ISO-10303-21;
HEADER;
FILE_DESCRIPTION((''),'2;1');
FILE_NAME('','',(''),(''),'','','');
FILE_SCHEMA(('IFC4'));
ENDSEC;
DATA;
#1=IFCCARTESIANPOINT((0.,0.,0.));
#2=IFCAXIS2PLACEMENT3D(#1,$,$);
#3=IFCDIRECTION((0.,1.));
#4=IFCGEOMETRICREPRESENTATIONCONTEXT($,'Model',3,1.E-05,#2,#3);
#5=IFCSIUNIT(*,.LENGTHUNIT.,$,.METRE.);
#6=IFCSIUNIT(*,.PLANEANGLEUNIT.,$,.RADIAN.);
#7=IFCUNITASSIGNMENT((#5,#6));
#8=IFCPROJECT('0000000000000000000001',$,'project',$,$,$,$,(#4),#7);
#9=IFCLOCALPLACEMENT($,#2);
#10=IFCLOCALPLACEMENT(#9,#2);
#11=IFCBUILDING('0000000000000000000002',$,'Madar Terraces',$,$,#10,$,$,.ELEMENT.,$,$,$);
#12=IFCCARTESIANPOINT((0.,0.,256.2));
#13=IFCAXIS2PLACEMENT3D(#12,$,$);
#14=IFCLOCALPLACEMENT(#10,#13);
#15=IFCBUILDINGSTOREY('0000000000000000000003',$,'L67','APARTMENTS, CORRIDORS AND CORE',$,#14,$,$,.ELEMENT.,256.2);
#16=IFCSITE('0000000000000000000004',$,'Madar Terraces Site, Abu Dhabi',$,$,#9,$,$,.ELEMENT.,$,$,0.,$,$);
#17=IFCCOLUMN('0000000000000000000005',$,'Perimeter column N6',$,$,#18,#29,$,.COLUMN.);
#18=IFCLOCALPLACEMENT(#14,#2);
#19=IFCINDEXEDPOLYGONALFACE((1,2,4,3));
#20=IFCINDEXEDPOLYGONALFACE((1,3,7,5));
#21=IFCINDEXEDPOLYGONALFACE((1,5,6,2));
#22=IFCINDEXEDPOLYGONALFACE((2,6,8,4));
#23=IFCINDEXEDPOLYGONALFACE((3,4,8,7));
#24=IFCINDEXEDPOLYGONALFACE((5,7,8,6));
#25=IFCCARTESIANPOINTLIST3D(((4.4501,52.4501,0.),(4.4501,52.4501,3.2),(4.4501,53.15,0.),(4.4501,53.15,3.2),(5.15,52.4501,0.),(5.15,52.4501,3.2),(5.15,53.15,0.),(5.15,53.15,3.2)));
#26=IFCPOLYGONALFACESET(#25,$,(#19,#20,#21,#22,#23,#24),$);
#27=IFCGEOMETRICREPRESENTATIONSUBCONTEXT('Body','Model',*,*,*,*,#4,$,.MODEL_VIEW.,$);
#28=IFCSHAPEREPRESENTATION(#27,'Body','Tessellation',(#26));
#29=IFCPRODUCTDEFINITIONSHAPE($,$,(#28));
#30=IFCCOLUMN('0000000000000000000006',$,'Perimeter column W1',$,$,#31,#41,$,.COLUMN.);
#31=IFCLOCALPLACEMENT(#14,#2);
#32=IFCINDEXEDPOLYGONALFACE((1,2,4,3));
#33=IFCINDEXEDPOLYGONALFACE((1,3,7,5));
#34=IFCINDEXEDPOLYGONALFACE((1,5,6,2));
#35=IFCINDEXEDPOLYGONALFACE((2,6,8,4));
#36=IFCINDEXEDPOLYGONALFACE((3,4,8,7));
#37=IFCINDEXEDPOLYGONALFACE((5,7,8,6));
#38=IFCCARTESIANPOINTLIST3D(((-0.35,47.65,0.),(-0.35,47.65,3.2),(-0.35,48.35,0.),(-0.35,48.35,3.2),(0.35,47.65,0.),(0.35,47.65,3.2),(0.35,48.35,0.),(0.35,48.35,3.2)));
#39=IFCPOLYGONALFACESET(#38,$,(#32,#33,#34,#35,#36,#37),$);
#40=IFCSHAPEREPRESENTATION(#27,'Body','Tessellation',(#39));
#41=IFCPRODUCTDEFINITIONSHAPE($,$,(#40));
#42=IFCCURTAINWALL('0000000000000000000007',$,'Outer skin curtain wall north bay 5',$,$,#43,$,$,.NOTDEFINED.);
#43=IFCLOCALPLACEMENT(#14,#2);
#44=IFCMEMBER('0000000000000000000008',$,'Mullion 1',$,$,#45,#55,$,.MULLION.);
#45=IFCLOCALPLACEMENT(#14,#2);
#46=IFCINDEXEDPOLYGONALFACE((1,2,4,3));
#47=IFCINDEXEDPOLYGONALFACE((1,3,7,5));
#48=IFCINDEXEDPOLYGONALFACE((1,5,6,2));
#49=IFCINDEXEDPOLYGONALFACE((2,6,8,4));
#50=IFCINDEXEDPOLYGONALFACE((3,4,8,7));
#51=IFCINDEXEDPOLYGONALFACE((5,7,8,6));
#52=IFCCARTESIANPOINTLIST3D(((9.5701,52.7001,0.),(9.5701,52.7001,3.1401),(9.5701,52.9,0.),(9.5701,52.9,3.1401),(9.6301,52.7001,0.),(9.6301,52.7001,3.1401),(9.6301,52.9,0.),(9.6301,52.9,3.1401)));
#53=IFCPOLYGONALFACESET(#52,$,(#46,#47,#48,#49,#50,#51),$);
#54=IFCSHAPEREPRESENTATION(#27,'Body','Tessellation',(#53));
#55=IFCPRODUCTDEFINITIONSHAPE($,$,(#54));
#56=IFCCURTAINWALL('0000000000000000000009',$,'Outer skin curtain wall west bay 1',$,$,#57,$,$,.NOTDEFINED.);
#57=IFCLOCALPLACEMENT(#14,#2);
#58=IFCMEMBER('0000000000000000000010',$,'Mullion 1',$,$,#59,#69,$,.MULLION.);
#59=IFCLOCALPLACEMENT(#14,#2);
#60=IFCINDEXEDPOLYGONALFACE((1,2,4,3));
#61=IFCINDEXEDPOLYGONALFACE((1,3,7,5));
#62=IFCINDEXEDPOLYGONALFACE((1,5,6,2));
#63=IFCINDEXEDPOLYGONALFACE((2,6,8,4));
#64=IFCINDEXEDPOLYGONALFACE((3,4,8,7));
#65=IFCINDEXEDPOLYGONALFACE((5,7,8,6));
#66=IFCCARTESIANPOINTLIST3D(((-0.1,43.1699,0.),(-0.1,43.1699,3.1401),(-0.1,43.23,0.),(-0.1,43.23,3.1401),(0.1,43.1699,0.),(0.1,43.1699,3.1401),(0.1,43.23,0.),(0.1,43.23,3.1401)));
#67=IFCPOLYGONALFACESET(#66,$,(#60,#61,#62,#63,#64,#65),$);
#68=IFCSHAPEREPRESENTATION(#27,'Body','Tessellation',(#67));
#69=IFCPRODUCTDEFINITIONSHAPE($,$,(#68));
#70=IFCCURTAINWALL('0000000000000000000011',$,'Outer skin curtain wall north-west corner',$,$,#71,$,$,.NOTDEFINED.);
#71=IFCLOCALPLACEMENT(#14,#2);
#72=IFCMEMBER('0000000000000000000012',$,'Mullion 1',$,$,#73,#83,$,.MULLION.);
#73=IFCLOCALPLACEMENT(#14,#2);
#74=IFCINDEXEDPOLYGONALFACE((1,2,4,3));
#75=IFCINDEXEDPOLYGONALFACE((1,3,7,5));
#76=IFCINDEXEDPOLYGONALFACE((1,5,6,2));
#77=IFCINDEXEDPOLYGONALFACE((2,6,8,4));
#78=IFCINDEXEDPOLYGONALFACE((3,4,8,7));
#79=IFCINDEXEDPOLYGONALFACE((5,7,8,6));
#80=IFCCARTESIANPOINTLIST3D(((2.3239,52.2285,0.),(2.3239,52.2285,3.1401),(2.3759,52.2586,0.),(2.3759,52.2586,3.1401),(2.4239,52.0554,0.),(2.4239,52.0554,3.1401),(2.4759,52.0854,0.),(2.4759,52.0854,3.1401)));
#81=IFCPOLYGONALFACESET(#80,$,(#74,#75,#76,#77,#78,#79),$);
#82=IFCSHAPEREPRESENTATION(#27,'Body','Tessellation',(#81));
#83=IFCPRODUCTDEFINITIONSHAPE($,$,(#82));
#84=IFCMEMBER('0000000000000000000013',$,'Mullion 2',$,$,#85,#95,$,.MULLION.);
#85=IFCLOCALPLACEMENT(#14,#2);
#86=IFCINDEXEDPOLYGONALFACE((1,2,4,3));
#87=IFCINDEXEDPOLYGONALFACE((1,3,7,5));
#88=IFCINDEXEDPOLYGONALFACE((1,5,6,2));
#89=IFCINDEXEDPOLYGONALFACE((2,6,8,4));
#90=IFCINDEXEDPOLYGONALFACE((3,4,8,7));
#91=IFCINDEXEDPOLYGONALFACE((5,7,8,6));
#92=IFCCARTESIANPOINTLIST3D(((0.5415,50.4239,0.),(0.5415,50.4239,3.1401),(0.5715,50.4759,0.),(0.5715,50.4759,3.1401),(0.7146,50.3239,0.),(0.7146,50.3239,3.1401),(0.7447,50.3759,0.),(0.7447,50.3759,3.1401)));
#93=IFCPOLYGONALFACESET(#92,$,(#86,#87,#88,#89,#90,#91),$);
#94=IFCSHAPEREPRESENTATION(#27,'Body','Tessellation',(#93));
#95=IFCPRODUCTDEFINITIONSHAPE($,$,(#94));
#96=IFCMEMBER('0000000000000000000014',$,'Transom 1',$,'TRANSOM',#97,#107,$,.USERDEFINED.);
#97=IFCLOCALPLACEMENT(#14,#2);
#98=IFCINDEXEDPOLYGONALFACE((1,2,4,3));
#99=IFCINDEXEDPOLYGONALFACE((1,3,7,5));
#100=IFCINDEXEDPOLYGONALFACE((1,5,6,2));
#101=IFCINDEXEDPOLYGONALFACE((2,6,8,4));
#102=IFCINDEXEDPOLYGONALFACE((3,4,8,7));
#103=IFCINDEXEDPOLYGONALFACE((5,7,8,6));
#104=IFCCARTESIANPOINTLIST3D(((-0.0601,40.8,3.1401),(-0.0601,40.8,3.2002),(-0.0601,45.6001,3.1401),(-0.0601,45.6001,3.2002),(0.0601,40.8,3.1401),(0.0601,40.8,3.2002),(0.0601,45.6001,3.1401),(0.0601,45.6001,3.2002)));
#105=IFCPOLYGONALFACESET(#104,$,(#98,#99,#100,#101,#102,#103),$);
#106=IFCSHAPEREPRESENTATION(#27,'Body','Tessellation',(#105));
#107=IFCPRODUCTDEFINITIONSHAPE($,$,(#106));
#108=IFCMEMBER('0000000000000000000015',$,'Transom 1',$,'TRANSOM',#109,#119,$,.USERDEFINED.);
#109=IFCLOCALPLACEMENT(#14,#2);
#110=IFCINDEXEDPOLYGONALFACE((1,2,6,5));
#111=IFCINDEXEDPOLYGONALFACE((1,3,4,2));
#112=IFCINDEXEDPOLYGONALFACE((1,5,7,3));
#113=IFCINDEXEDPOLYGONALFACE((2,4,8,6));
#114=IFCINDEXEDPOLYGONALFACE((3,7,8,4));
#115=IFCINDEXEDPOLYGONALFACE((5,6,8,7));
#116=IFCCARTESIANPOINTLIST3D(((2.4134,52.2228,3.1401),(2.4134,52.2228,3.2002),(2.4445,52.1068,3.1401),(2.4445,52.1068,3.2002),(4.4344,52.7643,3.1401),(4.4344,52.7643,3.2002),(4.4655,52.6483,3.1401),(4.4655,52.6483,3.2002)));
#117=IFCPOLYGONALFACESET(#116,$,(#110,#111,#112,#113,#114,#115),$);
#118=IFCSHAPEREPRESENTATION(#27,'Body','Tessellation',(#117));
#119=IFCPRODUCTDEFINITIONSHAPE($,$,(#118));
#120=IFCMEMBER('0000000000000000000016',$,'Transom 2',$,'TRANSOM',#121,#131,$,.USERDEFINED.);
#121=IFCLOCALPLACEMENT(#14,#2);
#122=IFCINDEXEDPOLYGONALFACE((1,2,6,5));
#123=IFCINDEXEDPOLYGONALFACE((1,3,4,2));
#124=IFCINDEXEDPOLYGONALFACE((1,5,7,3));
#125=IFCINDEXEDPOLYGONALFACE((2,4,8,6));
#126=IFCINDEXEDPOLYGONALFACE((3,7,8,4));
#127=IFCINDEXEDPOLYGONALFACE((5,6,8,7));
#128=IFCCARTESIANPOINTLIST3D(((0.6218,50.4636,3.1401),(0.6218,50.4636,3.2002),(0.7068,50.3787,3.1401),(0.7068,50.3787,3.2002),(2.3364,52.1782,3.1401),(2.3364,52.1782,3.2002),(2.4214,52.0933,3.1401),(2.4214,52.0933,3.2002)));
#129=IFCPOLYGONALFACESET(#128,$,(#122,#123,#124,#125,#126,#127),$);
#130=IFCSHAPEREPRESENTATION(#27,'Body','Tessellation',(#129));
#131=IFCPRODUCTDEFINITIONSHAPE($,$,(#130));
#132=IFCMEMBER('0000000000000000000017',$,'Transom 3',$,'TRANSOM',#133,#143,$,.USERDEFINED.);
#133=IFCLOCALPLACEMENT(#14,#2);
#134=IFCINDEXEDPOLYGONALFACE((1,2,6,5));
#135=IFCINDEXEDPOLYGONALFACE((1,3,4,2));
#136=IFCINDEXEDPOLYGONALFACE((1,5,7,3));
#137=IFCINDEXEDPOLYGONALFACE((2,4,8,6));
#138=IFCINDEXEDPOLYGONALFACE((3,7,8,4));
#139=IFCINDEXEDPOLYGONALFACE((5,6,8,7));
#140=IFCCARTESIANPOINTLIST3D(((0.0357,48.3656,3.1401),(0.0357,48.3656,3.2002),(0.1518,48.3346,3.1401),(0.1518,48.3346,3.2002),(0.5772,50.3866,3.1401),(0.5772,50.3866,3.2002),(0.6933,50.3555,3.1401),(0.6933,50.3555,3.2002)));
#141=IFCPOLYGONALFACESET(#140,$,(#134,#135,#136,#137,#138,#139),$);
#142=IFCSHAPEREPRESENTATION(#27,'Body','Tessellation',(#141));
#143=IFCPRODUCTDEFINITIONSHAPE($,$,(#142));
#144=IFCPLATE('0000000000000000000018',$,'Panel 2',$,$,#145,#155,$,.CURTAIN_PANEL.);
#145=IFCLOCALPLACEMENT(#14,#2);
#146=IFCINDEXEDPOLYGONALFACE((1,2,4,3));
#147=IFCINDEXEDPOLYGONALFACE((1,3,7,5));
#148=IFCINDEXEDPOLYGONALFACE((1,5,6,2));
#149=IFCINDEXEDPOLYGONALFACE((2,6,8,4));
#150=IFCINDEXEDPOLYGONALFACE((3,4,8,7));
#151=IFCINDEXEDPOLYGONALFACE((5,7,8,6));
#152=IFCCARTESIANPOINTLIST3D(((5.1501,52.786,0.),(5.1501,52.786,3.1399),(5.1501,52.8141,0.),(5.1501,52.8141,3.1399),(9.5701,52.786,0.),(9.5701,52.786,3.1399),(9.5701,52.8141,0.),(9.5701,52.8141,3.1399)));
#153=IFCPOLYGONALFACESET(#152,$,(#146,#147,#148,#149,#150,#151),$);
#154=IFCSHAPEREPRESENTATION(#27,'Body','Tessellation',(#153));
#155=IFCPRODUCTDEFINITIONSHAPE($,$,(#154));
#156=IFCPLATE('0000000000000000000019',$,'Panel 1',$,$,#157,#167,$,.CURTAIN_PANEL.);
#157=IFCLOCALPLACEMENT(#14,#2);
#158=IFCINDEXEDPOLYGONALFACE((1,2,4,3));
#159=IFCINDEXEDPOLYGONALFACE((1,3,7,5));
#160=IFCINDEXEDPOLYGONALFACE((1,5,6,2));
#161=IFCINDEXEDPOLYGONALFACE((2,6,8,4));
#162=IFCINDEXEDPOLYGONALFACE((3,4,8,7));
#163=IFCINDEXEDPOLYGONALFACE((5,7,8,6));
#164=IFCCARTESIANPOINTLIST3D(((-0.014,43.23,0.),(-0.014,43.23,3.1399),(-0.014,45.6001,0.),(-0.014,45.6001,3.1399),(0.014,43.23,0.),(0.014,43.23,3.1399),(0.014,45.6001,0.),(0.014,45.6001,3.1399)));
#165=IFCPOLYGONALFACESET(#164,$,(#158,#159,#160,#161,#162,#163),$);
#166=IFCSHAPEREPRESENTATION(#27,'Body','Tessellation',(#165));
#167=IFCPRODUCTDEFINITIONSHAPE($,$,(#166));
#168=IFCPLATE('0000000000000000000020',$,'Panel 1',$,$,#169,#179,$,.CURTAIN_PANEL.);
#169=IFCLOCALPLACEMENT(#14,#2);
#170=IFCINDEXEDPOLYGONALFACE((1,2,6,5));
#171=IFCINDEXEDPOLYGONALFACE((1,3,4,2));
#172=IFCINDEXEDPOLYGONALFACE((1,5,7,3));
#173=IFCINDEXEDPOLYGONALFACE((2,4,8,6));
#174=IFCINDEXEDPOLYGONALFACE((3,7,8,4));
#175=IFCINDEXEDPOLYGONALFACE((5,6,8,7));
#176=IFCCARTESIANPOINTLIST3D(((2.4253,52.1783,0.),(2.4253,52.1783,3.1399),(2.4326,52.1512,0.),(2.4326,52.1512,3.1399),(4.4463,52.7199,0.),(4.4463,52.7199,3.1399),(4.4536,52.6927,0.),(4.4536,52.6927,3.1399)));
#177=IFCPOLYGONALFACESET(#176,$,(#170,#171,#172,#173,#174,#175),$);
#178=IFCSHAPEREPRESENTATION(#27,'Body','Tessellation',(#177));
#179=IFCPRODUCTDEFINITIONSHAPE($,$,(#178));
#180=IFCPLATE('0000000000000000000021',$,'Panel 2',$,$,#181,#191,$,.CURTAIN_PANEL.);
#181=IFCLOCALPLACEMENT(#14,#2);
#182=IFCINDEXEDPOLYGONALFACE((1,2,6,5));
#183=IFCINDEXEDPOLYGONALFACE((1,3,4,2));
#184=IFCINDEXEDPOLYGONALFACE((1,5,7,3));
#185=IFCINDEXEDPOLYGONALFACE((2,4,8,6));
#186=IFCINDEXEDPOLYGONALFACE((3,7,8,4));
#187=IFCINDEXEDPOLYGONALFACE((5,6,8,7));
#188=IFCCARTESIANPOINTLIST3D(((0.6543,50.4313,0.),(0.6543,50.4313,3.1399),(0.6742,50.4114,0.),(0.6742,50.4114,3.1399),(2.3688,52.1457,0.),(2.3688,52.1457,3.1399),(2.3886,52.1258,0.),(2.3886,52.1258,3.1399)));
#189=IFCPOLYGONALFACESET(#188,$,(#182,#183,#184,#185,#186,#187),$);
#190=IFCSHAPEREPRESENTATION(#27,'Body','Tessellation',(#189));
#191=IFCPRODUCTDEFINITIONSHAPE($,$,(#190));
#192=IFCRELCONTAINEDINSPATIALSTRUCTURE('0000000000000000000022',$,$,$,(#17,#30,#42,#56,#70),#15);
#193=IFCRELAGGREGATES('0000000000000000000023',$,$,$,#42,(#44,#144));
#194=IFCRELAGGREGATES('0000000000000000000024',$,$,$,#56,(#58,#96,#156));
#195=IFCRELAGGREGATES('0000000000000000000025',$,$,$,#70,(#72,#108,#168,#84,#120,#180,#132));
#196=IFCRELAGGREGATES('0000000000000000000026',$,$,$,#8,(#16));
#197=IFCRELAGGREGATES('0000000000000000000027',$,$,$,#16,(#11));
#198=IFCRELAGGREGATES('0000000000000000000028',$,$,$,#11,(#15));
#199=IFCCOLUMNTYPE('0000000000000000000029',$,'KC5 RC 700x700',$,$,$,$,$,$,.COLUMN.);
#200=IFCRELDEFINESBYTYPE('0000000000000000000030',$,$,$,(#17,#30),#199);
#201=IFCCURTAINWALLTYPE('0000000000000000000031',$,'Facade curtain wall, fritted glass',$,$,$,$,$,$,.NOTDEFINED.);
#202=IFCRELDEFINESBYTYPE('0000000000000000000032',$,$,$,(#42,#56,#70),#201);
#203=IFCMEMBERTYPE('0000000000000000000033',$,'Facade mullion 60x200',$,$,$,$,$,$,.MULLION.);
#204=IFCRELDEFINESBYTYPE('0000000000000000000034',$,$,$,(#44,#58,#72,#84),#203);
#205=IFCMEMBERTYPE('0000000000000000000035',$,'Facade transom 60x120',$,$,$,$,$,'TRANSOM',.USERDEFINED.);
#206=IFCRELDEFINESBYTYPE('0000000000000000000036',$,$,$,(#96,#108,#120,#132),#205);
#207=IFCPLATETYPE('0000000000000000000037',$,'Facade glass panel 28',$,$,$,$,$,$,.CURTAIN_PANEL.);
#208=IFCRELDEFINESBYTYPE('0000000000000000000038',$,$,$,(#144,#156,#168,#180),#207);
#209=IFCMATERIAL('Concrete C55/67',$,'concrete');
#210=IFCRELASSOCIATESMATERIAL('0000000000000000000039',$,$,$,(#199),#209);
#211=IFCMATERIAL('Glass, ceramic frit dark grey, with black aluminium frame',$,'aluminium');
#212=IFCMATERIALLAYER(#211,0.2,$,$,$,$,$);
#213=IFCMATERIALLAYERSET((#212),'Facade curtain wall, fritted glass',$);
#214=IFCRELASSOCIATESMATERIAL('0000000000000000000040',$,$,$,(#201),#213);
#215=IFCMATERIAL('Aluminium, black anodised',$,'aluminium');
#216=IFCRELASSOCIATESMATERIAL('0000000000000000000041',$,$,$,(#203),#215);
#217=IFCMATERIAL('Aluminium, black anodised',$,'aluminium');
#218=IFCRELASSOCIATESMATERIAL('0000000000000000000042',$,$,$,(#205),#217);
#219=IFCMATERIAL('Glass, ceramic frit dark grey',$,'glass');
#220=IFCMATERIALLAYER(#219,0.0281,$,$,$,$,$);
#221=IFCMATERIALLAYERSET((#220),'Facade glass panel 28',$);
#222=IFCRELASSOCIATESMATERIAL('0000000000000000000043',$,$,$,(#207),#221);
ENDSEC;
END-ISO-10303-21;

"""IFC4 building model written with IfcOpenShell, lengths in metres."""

from ifc_helpers import new_model, si_unit, direction, frame, origin, origin_2d, place, context, subcontext, project, spatial, rectangle, extrude, material, layer, layer_set, material_profile, profile_set, type_object, element, aggregate, save


model = new_model("IFC4")

# Units and contexts
model_context = context("Model", 3, precision=1e-05, world=origin(), true_north=direction((0.0, 1.0)))
body_context = subcontext(model_context, "Body", "Model", "MODEL_VIEW")
ifc_project = project(units=[si_unit("LENGTHUNIT", "METRE"), si_unit("PLANEANGLEUNIT", "RADIAN")], contexts=[model_context])

# Site, building, storey
site_placement = place(None, origin())
site = spatial("IfcSite", under=ifc_project, at=site_placement, Name="Madar Terraces Site, Abu Dhabi", CompositionType="ELEMENT", RefElevation=0.0)
building_placement = place(site_placement, origin())
building = spatial("IfcBuilding", under=site, at=building_placement, Name="Madar Terraces", CompositionType="ELEMENT")
storey_placement = place(building_placement, frame((0.0, 0.0, 256.2)))
storey = spatial("IfcBuildingStorey", under=building, at=storey_placement, Name="L67", Description="APARTMENTS, CORRIDORS AND CORE", CompositionType="ELEMENT", Elevation=256.2)

# Columns
ifc_material_1 = material(Name="Concrete C55/67", Category="concrete")
ifc_material_profile_1 = material_profile(ifc_material_1, rectangle(XDim=0.7, YDim=0.7, at=origin_2d()), Name="KC5 RC 700x700")
ifc_profile_set_1 = profile_set([ifc_material_profile_1], Name="Concrete C55/67")
column_type = type_object("IfcColumnType", Name="KC5 RC 700x700", PredefinedType="COLUMN", material=ifc_profile_set_1)
for number, where, z_axis, x_axis, name in (
    (1, (4.8, 52.8, 0.0), (0.0, 0.0, 1.0), (1.0, 0.0, 0.0), "Perimeter column N6"),
    (2, (0.0, 48.0, 0.0), (0.0, 0.0, 1.0), (1.0, 0.0, 0.0), "Perimeter column W1"),
):
    element("IfcColumn", number, at=place(storey_placement, frame(where, z_axis=z_axis, x_axis=x_axis)), inside=storey, type_object=column_type, Name=name, PredefinedType="COLUMN", context=body_context, shape_type="SweptSolid", body=[
        extrude(rectangle(XDim=0.7, YDim=0.7, at=origin_2d()), origin(), (0.0, 0.0, 1.0), 3.2),
    ])

# Curtain walls, members
ifc_material_2 = material(Name="Glass, ceramic frit dark grey, with black aluminium frame", Category="aluminium")
ifc_layer_1 = layer(ifc_material_2, 0.2)
ifc_layer_set_1 = layer_set([ifc_layer_1], Name="Facade curtain wall, fritted glass")
curtain_wall_type = type_object("IfcCurtainWallType", Name="Facade curtain wall, fritted glass", PredefinedType="NOTDEFINED", material=ifc_layer_set_1)
curtain_wall_1_placement = place(storey_placement, origin())
curtain_wall_1 = element("IfcCurtainWall", 3, at=curtain_wall_1_placement, inside=storey, type_object=curtain_wall_type, Name="Outer skin curtain wall north bay 5", PredefinedType="NOTDEFINED")
ifc_material_3 = material(Name="Aluminium, black anodised", Category="aluminium")
ifc_material_profile_2 = material_profile(ifc_material_3, rectangle(XDim=0.2, YDim=0.0601, at=origin_2d()), Name="Facade mullion 60x200")
ifc_profile_set_2 = profile_set([ifc_material_profile_2], Name="Aluminium, black anodised")
member_type_1 = type_object("IfcMemberType", Name="Facade mullion 60x200", PredefinedType="MULLION", material=ifc_profile_set_2)
member_1_placement = place(storey_placement, frame((9.6001, 52.8, 0.0), z_axis=(0.0, 0.0, 1.0), x_axis=(0.0, -1.0, 0.0)))
member_1 = element("IfcMember", 4, at=member_1_placement, type_object=member_type_1, Name="Mullion 1", PredefinedType="MULLION", context=body_context, shape_type="SweptSolid", body=[
    extrude(rectangle(XDim=0.2, YDim=0.0601, at=origin_2d()), origin(), (0.0, 0.0, 1.0), 3.1401),
])
curtain_wall_2_placement = place(storey_placement, origin())
curtain_wall_2 = element("IfcCurtainWall", 5, at=curtain_wall_2_placement, inside=storey, type_object=curtain_wall_type, Name="Outer skin curtain wall west bay 1", PredefinedType="NOTDEFINED")
member_2_placement = place(storey_placement, frame((0.0, 43.2, 0.0), z_axis=(0.0, 0.0, 1.0), x_axis=(1.0, 0.0, 0.0)))
member_2 = element("IfcMember", 6, at=member_2_placement, type_object=member_type_1, Name="Mullion 1", PredefinedType="MULLION", context=body_context, shape_type="SweptSolid", body=[
    extrude(rectangle(XDim=0.2, YDim=0.0601, at=origin_2d()), origin(), (0.0, 0.0, 1.0), 3.1401),
])

# Curtain wall, members
curtain_wall_3_placement = place(storey_placement, origin())
curtain_wall_3 = element("IfcCurtainWall", 7, at=curtain_wall_3_placement, inside=storey, type_object=curtain_wall_type, Name="Outer skin curtain wall north-west corner", PredefinedType="NOTDEFINED")
member_3_placement = place(storey_placement, frame((2.3999, 52.157, 0.0), z_axis=(0.0, 0.0, 1.0), x_axis=(0.5, -0.866025, 0.0)))
member_3 = element("IfcMember", 8, at=member_3_placement, type_object=member_type_1, Name="Mullion 1", PredefinedType="MULLION", context=body_context, shape_type="SweptSolid", body=[
    extrude(rectangle(XDim=0.2, YDim=0.0601, at=origin_2d()), origin(), (0.0, 0.0, 1.0), 3.1401),
])
member_4_placement = place(storey_placement, frame((0.6431, 50.3999, 0.0), z_axis=(0.0, 0.0, 1.0), x_axis=(0.866025, -0.5, 0.0)))
member_4 = element("IfcMember", 9, at=member_4_placement, type_object=member_type_1, Name="Mullion 2", PredefinedType="MULLION", context=body_context, shape_type="SweptSolid", body=[
    extrude(rectangle(XDim=0.2, YDim=0.0601, at=origin_2d()), origin(), (0.0, 0.0, 1.0), 3.1401),
])

# Members
ifc_material_4 = material(Name="Aluminium, black anodised", Category="aluminium")
ifc_material_profile_3 = material_profile(ifc_material_4, rectangle(XDim=0.1201, YDim=0.0601, at=origin_2d()), Name="Facade transom 60x120")
ifc_profile_set_3 = profile_set([ifc_material_profile_3], Name="Aluminium, black anodised")
member_type_2 = type_object("IfcMemberType", Name="Facade transom 60x120", ElementType="TRANSOM", PredefinedType="USERDEFINED", material=ifc_profile_set_3)
member_5_placement = place(storey_placement, frame((0.0, 45.6001, 3.1702), z_axis=(0.0, -1.0, 0.0), x_axis=(1.0, 0.0, 0.0)))
member_5 = element("IfcMember", 10, at=member_5_placement, type_object=member_type_2, Name="Transom 1", ObjectType="TRANSOM", PredefinedType="USERDEFINED", context=body_context, shape_type="SweptSolid", body=[
    extrude(rectangle(XDim=0.1201, YDim=0.0601, at=origin_2d()), origin(), (0.0, 0.0, 1.0), 4.8),
])
member_6_placement = place(storey_placement, frame((4.45, 52.7063, 3.1702), z_axis=(-0.965928, -0.25881, 0.0), x_axis=(0.25881, -0.965928, 0.0)))
member_6 = element("IfcMember", 11, at=member_6_placement, type_object=member_type_2, Name="Transom 1", ObjectType="TRANSOM", PredefinedType="USERDEFINED", context=body_context, shape_type="SweptSolid", body=[
    extrude(rectangle(XDim=0.1201, YDim=0.0601, at=origin_2d()), origin(), (0.0, 0.0, 1.0), 2.0923),
])
member_7_placement = place(storey_placement, frame((2.3789, 52.1357, 3.1702), z_axis=(-0.707107, -0.707107, 0.0), x_axis=(0.707107, -0.707107, 0.0)))
member_7 = element("IfcMember", 12, at=member_7_placement, type_object=member_type_2, Name="Transom 2", ObjectType="TRANSOM", PredefinedType="USERDEFINED", context=body_context, shape_type="SweptSolid", body=[
    extrude(rectangle(XDim=0.1201, YDim=0.0601, at=origin_2d()), origin(), (0.0, 0.0, 1.0), 2.4248),
])
member_8_placement = place(storey_placement, frame((0.6353, 50.3711, 3.1702), z_axis=(-0.25881, -0.965928, 0.0), x_axis=(0.965928, -0.25881, 0.0)))
member_8 = element("IfcMember", 13, at=member_8_placement, type_object=member_type_2, Name="Transom 3", ObjectType="TRANSOM", PredefinedType="USERDEFINED", context=body_context, shape_type="SweptSolid", body=[
    extrude(rectangle(XDim=0.1201, YDim=0.0601, at=origin_2d()), origin(), (0.0, 0.0, 1.0), 2.0923),
])

# Plates
ifc_material_5 = material(Name="Glass, ceramic frit dark grey", Category="glass")
ifc_layer_2 = layer(ifc_material_5, 0.0281)
ifc_layer_set_2 = layer_set([ifc_layer_2], Name="Facade glass panel 28")
plate_type = type_object("IfcPlateType", Name="Facade glass panel 28", PredefinedType="CURTAIN_PANEL", material=ifc_layer_set_2)
plate_1_placement = place(storey_placement, frame((7.3601, 52.8, 0.0), z_axis=(0.0, 0.0, 1.0), x_axis=(-1.0, 0.0, 0.0)))
plate_1 = element("IfcPlate", 14, at=plate_1_placement, type_object=plate_type, Name="Panel 2", PredefinedType="CURTAIN_PANEL", context=body_context, shape_type="SweptSolid", body=[
    extrude(rectangle(XDim=4.4199, YDim=0.0281, at=origin_2d()), origin(), (0.0, 0.0, 1.0), 3.1399),
])
aggregate(curtain_wall_1, [member_1, plate_1])
plate_2_placement = place(storey_placement, frame((0.0, 44.415, 0.0), z_axis=(0.0, 0.0, 1.0), x_axis=(0.0, -1.0, 0.0)))
plate_2 = element("IfcPlate", 15, at=plate_2_placement, type_object=plate_type, Name="Panel 1", PredefinedType="CURTAIN_PANEL", context=body_context, shape_type="SweptSolid", body=[
    extrude(rectangle(XDim=2.3701, YDim=0.0281, at=origin_2d()), origin(), (0.0, 0.0, 1.0), 3.1399),
])
aggregate(curtain_wall_2, [member_2, member_5, plate_2])
plate_3_placement = place(storey_placement, frame((3.4395, 52.4355, 0.0), z_axis=(0.0, 0.0, 1.0), x_axis=(-0.965926, -0.258819, 0.0)))
plate_3 = element("IfcPlate", 16, at=plate_3_placement, type_object=plate_type, Name="Panel 1", PredefinedType="CURTAIN_PANEL", context=body_context, shape_type="SweptSolid", body=[
    extrude(rectangle(XDim=2.0923, YDim=0.0281, at=origin_2d()), origin(), (0.0, 0.0, 1.0), 3.1399),
])
plate_4_placement = place(storey_placement, frame((1.5215, 51.2786, 0.0), z_axis=(0.0, 0.0, 1.0), x_axis=(-0.707107, -0.707107, 0.0)))
plate_4 = element("IfcPlate", 17, at=plate_4_placement, type_object=plate_type, Name="Panel 2", PredefinedType="CURTAIN_PANEL", context=body_context, shape_type="SweptSolid", body=[
    extrude(rectangle(XDim=2.4246, YDim=0.0281, at=origin_2d()), origin(), (0.0, 0.0, 1.0), 3.1399),
])
aggregate(curtain_wall_3, [member_3, member_6, plate_3, member_4, member_7, plate_4, member_8])

save(model, "model.ifc")
